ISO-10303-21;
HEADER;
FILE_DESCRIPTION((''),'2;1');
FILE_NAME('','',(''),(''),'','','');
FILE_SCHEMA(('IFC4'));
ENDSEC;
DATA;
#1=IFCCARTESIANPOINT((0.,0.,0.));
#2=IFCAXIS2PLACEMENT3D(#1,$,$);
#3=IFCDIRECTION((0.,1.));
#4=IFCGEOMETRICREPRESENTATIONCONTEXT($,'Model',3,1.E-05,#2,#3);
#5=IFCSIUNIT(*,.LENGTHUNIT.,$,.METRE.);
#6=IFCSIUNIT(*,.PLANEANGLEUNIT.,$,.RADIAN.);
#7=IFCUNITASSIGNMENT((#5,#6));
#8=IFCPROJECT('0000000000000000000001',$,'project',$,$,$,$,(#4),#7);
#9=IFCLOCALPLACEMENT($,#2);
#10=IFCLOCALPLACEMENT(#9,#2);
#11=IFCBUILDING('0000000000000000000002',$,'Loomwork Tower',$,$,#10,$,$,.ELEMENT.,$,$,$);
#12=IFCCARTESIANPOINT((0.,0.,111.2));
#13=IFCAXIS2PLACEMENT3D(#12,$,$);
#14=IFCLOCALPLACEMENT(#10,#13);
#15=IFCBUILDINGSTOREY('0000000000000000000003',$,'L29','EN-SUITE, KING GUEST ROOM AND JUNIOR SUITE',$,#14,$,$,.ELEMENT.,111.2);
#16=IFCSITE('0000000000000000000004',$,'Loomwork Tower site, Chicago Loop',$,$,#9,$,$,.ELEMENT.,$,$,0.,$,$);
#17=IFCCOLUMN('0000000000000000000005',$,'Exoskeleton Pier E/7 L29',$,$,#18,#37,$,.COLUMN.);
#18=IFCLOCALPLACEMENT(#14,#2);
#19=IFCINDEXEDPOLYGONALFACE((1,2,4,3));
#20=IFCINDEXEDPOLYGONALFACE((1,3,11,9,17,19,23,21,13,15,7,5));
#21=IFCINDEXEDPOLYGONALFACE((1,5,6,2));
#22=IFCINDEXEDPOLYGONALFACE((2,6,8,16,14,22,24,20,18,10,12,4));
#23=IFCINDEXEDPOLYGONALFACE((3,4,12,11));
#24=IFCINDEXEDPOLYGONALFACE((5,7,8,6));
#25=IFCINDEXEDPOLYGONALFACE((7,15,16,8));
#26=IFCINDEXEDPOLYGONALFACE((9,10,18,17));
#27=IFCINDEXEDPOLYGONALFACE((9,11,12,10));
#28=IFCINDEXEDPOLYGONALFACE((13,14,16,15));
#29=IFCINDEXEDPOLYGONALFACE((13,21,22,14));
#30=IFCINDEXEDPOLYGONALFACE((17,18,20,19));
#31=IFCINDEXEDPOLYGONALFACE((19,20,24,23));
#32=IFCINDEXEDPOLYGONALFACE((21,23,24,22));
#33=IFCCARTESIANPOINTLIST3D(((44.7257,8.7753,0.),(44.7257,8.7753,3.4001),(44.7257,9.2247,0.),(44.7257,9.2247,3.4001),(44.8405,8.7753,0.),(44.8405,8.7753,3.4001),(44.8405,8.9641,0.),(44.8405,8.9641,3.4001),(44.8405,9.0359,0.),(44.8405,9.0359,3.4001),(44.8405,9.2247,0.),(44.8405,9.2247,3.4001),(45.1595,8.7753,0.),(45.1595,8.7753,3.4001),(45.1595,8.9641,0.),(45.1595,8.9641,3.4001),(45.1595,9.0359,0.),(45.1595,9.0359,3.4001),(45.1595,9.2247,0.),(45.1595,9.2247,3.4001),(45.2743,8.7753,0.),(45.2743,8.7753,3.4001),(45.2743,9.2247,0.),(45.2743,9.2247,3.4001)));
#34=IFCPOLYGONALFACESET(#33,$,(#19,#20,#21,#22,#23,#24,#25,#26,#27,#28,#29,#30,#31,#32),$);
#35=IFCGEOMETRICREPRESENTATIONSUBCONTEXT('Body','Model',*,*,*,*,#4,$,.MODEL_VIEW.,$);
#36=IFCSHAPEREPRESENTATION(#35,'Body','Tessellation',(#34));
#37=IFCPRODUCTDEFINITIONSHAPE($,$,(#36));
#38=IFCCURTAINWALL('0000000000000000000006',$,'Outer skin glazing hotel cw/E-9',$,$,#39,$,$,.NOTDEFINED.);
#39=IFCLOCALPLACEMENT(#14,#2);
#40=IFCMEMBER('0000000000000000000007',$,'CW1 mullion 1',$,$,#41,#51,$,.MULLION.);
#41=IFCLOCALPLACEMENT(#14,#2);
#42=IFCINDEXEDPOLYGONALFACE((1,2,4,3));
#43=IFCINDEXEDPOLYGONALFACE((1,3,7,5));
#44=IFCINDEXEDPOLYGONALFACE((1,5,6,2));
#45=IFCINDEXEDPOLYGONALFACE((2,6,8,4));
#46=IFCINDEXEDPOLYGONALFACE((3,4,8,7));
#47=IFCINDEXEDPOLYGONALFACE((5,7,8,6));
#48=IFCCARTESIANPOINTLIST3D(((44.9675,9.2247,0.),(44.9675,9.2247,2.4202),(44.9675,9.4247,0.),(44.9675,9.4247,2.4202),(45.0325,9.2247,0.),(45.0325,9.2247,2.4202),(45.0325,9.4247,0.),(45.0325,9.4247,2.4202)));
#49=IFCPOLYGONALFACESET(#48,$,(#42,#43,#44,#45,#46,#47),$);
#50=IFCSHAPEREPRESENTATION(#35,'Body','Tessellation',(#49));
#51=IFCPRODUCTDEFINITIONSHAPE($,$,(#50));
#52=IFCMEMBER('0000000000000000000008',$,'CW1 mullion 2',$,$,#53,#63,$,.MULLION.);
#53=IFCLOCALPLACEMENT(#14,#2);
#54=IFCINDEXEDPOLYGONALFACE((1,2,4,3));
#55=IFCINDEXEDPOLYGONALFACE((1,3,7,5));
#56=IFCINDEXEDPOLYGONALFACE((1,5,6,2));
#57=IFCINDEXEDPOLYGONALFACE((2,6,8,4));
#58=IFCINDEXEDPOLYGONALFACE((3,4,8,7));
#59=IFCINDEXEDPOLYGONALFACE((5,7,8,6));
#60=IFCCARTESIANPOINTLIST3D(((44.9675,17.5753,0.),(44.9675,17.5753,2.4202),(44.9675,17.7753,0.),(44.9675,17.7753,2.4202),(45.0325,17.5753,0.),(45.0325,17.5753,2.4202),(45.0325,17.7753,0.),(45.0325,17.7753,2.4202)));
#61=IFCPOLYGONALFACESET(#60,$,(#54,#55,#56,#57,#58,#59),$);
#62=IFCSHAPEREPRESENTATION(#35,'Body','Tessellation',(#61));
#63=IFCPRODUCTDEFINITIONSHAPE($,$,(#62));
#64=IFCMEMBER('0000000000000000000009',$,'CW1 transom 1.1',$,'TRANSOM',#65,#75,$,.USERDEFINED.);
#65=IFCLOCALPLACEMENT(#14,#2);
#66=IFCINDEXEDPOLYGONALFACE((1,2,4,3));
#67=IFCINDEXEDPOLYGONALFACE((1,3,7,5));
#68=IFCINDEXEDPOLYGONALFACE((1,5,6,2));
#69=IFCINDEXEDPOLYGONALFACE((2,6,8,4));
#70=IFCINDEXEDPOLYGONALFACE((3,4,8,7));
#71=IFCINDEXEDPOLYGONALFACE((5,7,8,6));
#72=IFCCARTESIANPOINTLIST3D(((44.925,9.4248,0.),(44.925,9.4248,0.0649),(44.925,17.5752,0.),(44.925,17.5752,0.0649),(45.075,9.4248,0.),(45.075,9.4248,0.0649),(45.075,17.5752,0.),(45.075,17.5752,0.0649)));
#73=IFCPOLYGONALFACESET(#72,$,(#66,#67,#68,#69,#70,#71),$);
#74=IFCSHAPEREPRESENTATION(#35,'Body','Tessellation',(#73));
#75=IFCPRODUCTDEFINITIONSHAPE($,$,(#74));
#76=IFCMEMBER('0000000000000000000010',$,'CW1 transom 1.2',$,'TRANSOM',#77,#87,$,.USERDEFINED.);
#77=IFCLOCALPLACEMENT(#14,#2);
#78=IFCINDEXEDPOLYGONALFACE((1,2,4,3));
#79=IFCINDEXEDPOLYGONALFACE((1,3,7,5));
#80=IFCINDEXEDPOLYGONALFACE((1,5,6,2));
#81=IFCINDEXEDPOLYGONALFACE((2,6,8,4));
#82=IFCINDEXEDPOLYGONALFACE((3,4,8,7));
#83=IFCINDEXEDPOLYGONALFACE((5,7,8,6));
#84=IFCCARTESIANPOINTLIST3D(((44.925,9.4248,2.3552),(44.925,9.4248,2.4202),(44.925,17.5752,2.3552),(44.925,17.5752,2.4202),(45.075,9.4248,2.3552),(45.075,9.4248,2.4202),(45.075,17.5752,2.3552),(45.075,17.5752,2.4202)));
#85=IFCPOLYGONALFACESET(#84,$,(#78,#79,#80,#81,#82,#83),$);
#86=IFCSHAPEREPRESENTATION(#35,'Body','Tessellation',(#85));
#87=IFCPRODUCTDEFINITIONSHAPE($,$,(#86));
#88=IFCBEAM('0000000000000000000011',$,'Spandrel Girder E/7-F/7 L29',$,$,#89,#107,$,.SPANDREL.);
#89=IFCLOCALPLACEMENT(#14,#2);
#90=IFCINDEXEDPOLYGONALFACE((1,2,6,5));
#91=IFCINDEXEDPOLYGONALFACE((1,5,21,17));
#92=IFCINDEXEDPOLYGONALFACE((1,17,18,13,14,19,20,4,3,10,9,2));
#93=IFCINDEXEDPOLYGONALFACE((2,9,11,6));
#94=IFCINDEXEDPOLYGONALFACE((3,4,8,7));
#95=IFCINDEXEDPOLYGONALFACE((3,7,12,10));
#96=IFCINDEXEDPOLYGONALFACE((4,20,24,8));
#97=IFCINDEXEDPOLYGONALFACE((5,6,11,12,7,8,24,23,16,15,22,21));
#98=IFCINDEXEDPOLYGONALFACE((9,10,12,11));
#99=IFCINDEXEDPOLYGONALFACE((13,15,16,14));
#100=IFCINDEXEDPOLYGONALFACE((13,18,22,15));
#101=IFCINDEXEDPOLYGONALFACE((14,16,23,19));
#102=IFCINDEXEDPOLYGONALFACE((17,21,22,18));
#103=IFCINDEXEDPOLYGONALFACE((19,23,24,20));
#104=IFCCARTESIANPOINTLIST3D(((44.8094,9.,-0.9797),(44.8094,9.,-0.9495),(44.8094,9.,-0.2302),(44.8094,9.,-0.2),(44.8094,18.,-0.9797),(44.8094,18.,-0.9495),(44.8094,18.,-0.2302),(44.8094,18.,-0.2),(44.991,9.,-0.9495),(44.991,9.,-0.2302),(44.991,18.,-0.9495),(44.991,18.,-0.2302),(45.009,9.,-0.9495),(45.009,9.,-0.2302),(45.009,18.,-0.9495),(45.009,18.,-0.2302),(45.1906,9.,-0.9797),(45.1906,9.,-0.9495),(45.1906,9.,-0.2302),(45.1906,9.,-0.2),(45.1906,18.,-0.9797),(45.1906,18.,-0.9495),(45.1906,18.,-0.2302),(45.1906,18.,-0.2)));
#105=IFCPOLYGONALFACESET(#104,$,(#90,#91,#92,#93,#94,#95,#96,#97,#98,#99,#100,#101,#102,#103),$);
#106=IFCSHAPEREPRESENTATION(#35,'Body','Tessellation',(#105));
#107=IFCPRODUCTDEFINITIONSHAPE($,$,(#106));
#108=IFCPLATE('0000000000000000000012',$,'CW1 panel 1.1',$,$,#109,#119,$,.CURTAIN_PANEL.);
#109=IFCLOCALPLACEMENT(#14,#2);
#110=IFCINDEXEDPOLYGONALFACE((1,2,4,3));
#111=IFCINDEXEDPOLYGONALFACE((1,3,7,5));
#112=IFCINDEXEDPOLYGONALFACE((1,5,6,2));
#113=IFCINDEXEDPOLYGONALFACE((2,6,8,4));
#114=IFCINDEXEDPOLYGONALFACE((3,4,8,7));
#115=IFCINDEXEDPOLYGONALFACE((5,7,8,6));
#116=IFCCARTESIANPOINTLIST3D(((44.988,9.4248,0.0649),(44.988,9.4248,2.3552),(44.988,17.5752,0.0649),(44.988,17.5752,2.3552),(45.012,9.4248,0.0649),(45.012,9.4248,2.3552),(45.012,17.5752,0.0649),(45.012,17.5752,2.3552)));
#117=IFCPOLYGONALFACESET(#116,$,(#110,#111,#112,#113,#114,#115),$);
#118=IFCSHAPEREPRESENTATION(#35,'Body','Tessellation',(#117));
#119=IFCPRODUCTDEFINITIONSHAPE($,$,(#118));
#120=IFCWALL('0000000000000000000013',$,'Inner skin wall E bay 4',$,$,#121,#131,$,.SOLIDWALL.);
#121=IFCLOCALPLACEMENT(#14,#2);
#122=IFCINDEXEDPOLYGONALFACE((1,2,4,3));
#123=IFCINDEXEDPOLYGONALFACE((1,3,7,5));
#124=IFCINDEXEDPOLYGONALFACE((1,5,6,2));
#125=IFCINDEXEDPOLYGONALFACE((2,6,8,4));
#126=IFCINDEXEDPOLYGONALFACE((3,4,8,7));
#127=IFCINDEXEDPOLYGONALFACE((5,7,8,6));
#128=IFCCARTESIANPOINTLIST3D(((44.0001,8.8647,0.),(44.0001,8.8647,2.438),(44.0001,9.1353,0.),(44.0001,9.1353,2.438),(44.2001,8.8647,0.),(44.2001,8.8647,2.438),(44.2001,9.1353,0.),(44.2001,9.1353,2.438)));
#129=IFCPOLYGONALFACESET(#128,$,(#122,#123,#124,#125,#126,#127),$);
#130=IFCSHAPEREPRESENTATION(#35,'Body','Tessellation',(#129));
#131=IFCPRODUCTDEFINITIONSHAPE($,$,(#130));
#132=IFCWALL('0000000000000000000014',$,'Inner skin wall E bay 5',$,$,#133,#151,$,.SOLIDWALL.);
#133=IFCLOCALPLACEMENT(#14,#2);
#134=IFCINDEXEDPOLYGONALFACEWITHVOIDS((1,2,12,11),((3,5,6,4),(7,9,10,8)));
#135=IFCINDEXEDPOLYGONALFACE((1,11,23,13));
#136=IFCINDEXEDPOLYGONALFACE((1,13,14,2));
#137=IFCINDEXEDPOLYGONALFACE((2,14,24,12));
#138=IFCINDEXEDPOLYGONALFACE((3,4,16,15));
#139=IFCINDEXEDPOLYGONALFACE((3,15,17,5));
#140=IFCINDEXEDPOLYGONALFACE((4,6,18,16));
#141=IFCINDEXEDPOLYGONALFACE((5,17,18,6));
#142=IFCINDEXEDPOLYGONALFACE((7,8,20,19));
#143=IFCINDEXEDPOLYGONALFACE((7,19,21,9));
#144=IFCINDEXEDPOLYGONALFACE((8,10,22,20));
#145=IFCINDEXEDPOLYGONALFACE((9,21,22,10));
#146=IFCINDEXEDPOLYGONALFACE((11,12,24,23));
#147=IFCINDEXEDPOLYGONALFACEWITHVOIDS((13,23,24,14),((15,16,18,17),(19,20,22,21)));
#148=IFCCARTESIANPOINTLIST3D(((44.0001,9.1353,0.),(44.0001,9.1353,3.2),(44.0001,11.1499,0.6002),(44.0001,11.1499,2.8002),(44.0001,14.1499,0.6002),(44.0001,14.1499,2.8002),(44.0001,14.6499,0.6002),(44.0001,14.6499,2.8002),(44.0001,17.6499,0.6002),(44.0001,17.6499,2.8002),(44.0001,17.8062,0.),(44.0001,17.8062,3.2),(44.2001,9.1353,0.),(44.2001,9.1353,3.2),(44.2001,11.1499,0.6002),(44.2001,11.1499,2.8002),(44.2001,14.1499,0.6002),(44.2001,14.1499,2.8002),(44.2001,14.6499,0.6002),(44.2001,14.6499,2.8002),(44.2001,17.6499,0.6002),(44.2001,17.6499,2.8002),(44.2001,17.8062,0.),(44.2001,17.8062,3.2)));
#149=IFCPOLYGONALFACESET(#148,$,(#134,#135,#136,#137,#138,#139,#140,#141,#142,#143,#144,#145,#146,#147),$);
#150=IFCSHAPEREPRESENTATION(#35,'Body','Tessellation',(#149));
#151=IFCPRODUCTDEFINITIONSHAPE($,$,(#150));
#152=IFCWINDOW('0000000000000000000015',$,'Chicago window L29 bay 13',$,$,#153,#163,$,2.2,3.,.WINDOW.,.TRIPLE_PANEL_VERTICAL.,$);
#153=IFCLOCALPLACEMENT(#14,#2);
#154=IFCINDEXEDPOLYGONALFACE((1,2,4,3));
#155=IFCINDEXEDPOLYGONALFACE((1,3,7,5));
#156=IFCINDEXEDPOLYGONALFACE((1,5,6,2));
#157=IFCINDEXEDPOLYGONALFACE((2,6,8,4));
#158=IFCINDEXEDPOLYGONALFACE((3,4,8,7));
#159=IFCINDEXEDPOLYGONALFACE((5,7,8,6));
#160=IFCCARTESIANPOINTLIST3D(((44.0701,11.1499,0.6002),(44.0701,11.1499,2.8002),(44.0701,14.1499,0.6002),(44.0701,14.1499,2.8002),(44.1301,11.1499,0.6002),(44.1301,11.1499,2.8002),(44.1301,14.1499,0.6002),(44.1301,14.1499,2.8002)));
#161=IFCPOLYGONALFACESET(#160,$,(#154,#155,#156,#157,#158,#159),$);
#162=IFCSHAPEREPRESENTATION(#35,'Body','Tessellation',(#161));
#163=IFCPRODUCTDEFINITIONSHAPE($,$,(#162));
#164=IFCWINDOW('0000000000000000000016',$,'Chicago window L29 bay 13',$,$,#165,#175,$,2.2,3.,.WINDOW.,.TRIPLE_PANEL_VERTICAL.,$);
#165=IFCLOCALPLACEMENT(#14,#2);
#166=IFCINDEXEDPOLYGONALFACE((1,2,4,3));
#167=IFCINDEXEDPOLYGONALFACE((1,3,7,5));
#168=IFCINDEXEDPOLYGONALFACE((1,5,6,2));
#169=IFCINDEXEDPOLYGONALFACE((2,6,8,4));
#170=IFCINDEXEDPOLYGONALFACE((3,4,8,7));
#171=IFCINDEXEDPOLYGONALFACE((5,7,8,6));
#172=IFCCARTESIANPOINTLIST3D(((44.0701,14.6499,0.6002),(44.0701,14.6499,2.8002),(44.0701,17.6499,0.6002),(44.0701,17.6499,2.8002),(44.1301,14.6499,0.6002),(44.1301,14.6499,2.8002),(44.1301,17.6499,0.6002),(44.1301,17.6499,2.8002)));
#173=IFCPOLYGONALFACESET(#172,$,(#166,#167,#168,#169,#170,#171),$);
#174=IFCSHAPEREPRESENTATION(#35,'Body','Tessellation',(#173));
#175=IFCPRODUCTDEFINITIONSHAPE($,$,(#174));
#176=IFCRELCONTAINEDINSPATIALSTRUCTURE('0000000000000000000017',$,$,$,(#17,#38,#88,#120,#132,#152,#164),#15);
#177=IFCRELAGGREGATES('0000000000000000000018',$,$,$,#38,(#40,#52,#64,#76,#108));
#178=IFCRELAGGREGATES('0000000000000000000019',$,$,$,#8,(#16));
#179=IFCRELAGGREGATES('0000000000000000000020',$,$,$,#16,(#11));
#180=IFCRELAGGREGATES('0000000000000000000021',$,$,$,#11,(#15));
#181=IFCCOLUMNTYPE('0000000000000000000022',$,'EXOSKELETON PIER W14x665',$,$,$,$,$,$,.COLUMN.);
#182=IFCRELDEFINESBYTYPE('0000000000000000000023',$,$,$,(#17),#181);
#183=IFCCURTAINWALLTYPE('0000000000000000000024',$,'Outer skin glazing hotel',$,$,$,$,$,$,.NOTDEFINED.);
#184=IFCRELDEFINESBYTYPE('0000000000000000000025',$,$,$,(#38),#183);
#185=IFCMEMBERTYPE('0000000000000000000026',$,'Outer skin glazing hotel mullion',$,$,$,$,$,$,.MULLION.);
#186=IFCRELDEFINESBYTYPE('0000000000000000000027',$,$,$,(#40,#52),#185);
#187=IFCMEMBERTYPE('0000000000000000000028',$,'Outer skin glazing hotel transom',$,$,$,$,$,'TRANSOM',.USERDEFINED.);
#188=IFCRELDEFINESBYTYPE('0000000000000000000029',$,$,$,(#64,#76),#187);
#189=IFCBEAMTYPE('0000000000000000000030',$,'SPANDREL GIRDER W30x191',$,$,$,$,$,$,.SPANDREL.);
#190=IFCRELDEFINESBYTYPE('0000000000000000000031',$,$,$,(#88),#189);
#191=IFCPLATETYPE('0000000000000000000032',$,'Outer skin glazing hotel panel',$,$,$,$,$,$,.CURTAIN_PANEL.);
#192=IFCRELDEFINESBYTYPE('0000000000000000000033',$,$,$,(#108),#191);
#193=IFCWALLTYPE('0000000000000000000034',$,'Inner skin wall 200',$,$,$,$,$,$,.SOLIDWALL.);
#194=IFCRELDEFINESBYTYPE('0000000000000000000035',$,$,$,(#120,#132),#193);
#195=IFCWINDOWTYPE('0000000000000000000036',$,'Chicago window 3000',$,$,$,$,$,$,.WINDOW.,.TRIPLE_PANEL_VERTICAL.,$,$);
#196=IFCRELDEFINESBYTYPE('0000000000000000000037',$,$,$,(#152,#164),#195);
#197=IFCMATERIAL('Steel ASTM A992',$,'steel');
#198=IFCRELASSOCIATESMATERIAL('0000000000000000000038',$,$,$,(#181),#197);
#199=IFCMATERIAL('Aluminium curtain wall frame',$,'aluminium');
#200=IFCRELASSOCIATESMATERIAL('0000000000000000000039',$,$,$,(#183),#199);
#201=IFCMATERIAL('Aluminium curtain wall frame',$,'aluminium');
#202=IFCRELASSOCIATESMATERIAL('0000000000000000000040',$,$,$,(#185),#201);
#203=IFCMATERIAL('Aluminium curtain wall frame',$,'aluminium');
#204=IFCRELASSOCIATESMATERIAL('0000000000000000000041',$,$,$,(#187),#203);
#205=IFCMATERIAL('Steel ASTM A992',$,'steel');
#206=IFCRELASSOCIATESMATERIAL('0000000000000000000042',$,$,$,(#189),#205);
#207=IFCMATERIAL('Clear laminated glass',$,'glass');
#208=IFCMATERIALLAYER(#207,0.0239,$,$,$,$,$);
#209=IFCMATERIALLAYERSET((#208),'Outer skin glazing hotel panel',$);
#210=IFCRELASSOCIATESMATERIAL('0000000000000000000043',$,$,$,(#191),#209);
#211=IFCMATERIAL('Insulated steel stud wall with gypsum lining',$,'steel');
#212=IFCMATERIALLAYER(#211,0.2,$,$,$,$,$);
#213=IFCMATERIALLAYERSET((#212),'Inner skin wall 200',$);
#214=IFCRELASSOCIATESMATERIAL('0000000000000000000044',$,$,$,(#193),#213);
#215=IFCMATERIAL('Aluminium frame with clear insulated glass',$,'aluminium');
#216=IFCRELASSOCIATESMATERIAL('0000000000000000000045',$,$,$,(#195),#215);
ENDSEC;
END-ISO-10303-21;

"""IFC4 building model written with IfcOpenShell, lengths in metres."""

from ifc_helpers import new_model, si_unit, direction, frame, frame_2d, origin, origin_2d, place, context, subcontext, project, spatial, rectangle, i_section, extrude, material, layer, layer_set, material_profile, profile_set, type_object, element, fill, aggregate, save


model = new_model("IFC4")

# Units and contexts
model_context = context("Model", 3, precision=1e-05, world=origin(), true_north=direction((0.0, 1.0)))
body_context = subcontext(model_context, "Body", "Model", "MODEL_VIEW")
ifc_project = project(units=[si_unit("LENGTHUNIT", "METRE"), si_unit("PLANEANGLEUNIT", "RADIAN")], contexts=[model_context])

# Site, building, storey
site_placement = place(None, origin())
site = spatial("IfcSite", under=ifc_project, at=site_placement, Name="Loomwork Tower site, Chicago Loop", CompositionType="ELEMENT", RefElevation=0.0)
building_placement = place(site_placement, origin())
building = spatial("IfcBuilding", under=site, at=building_placement, Name="Loomwork Tower", CompositionType="ELEMENT")
storey_placement = place(building_placement, frame((0.0, 0.0, 111.2)))
storey = spatial("IfcBuildingStorey", under=building, at=storey_placement, Name="L29", Description="EN-SUITE, KING GUEST ROOM AND JUNIOR SUITE", CompositionType="ELEMENT", Elevation=111.2)

# Column
ifc_material_1 = material(Name="Steel ASTM A992", Category="steel")
ifc_material_profile_1 = material_profile(ifc_material_1, i_section(OverallWidth=0.4495, OverallDepth=0.5486, WebThickness=0.0718, FlangeThickness=0.1147, at=origin_2d()), Name="W14x665")
ifc_profile_set_1 = profile_set([ifc_material_profile_1], Name="Steel ASTM A992")
column_type = type_object("IfcColumnType", Name="EXOSKELETON PIER W14x665", PredefinedType="COLUMN", material=ifc_profile_set_1)
column_placement = place(storey_placement, frame((45.0, 9.0, 0.0), z_axis=(0.0, 0.0, 1.0), x_axis=(0.0, 1.0, 0.0)))
element("IfcColumn", 1, at=column_placement, inside=storey, type_object=column_type, Name="Exoskeleton Pier E/7 L29", PredefinedType="COLUMN", context=body_context, shape_type="SweptSolid", body=[
    extrude(i_section(OverallWidth=0.4495, OverallDepth=0.5486, WebThickness=0.0718, FlangeThickness=0.1147, at=origin_2d()), origin(), (0.0, 0.0, 1.0), 3.4001),
])

# Curtain wall, members
ifc_material_2 = material(Name="Aluminium curtain wall frame", Category="aluminium")
curtain_wall_type = type_object("IfcCurtainWallType", Name="Outer skin glazing hotel", PredefinedType="NOTDEFINED", material=ifc_material_2)
curtain_wall_placement = place(storey_placement, origin())
curtain_wall = element("IfcCurtainWall", 2, at=curtain_wall_placement, inside=storey, type_object=curtain_wall_type, Name="Outer skin glazing hotel cw/E-9", PredefinedType="NOTDEFINED")
ifc_material_3 = material(Name="Aluminium curtain wall frame", Category="aluminium")
ifc_material_profile_2 = material_profile(ifc_material_3, rectangle(XDim=0.0649, YDim=0.2, at=origin_2d()), Name="AL 65x200")
ifc_profile_set_2 = profile_set([ifc_material_profile_2], Name="Aluminium curtain wall frame")
member_type_1 = type_object("IfcMemberType", Name="Outer skin glazing hotel mullion", PredefinedType="MULLION", material=ifc_profile_set_2)
member_1_placement = place(storey_placement, frame((45.0, 9.3247, 0.0), z_axis=(0.0, 0.0, 1.0), x_axis=(-1.0, 0.0, 0.0)))
member_1 = element("IfcMember", 3, at=member_1_placement, type_object=member_type_1, Name="CW1 mullion 1", PredefinedType="MULLION", context=body_context, shape_type="SweptSolid", body=[
    extrude(rectangle(XDim=0.0649, YDim=0.2, at=origin_2d()), origin(), (0.0, 0.0, 1.0), 2.4202),
])
member_2_placement = place(storey_placement, frame((45.0, 17.6753, 0.0), z_axis=(0.0, 0.0, 1.0), x_axis=(-1.0, 0.0, 0.0)))
member_2 = element("IfcMember", 4, at=member_2_placement, type_object=member_type_1, Name="CW1 mullion 2", PredefinedType="MULLION", context=body_context, shape_type="SweptSolid", body=[
    extrude(rectangle(XDim=0.0649, YDim=0.2, at=origin_2d()), origin(), (0.0, 0.0, 1.0), 2.4202),
])
ifc_material_4 = material(Name="Aluminium curtain wall frame", Category="aluminium")
ifc_material_profile_3 = material_profile(ifc_material_4, rectangle(XDim=0.1499, YDim=0.0649, at=origin_2d()), Name="AL 65x150")
ifc_profile_set_3 = profile_set([ifc_material_profile_3], Name="Aluminium curtain wall frame")
member_type_2 = type_object("IfcMemberType", Name="Outer skin glazing hotel transom", ElementType="TRANSOM", PredefinedType="USERDEFINED", material=ifc_profile_set_3)
member_3_placement = place(storey_placement, frame((45.0, 9.4248, 0.0325), z_axis=(0.0, 1.0, 0.0), x_axis=(-1.0, 0.0, 0.0)))
member_3 = element("IfcMember", 5, at=member_3_placement, type_object=member_type_2, Name="CW1 transom 1.1", ObjectType="TRANSOM", PredefinedType="USERDEFINED", context=body_context, shape_type="SweptSolid", body=[
    extrude(rectangle(XDim=0.1499, YDim=0.0649, at=origin_2d()), origin(), (0.0, 0.0, 1.0), 8.1504),
])
member_4_placement = place(storey_placement, frame((45.0, 9.4248, 2.3877), z_axis=(0.0, 1.0, 0.0), x_axis=(-1.0, 0.0, 0.0)))
member_4 = element("IfcMember", 6, at=member_4_placement, type_object=member_type_2, Name="CW1 transom 1.2", ObjectType="TRANSOM", PredefinedType="USERDEFINED", context=body_context, shape_type="SweptSolid", body=[
    extrude(rectangle(XDim=0.1499, YDim=0.0649, at=origin_2d()), origin(), (0.0, 0.0, 1.0), 8.1504),
])

# Beam
ifc_material_5 = material(Name="Steel ASTM A992", Category="steel")
ifc_material_profile_4 = material_profile(ifc_material_5, i_section(OverallWidth=0.3811, OverallDepth=0.7798, WebThickness=0.0181, FlangeThickness=0.0303, at=origin_2d()), Name="W30x191")
ifc_profile_set_4 = profile_set([ifc_material_profile_4], Name="Steel ASTM A992")
beam_type = type_object("IfcBeamType", Name="SPANDREL GIRDER W30x191", PredefinedType="SPANDREL", material=ifc_profile_set_4)
beam_placement = place(storey_placement, frame((45.0, 9.0, -0.5898), z_axis=(0.0, 1.0, 0.0), x_axis=(-1.0, 0.0, 0.0)))
element("IfcBeam", 7, at=beam_placement, inside=storey, type_object=beam_type, Name="Spandrel Girder E/7-F/7 L29", PredefinedType="SPANDREL", context=body_context, shape_type="SweptSolid", body=[
    extrude(i_section(OverallWidth=0.3811, OverallDepth=0.7798, WebThickness=0.0181, FlangeThickness=0.0303, at=origin_2d()), origin(), (0.0, 0.0, 1.0), 9.0),
])

# Plate
ifc_material_6 = material(Name="Clear laminated glass", Category="glass")
ifc_layer_1 = layer(ifc_material_6, 0.0239)
ifc_layer_set_1 = layer_set([ifc_layer_1], Name="Outer skin glazing hotel panel")
plate_type = type_object("IfcPlateType", Name="Outer skin glazing hotel panel", PredefinedType="CURTAIN_PANEL", material=ifc_layer_set_1)
plate_placement = place(storey_placement, frame((45.0, 13.5, 0.0649), z_axis=(0.0, 0.0, 1.0), x_axis=(0.0, 1.0, 0.0)))
plate = element("IfcPlate", 8, at=plate_placement, type_object=plate_type, Name="CW1 panel 1.1", PredefinedType="CURTAIN_PANEL", context=body_context, shape_type="SweptSolid", body=[
    extrude(rectangle(XDim=8.1504, YDim=0.0239, at=origin_2d()), origin(), (0.0, 0.0, 1.0), 2.2903),
])
aggregate(curtain_wall, [member_1, member_2, member_3, member_4, plate])

# Wall
ifc_material_7 = material(Name="Insulated steel stud wall with gypsum lining", Category="steel")
ifc_layer_2 = layer(ifc_material_7, 0.2)
ifc_layer_set_2 = layer_set([ifc_layer_2], Name="Inner skin wall 200")
wall_type = type_object("IfcWallType", Name="Inner skin wall 200", PredefinedType="SOLIDWALL", material=ifc_layer_set_2)
wall_1_placement = place(storey_placement, frame((44.1001, 8.8647, 0.0), z_axis=(0.0, 0.0, 1.0), x_axis=(0.0, 1.0, 0.0)))
element("IfcWall", 9, at=wall_1_placement, inside=storey, type_object=wall_type, Name="Inner skin wall E bay 4", PredefinedType="SOLIDWALL", context=body_context, shape_type="SweptSolid", body=[
    extrude(rectangle(XDim=0.2705, YDim=0.2, at=frame_2d((0.1353, 0.0))), origin(), (0.0, 0.0, 1.0), 2.438),
])

# Wall, openings, windows
wall_2_placement = place(storey_placement, frame((44.1001, 9.1353, 0.0), z_axis=(0.0, 0.0, 1.0), x_axis=(0.0, 1.0, 0.0)))
wall_2 = element("IfcWall", 10, at=wall_2_placement, inside=storey, type_object=wall_type, Name="Inner skin wall E bay 5", PredefinedType="SOLIDWALL", context=body_context, shape_type="SweptSolid", body=[
    extrude(rectangle(XDim=8.6709, YDim=0.2, at=frame_2d((4.3354, 0.0))), origin(), (0.0, 0.0, 1.0), 3.2),
])
opening_1_placement = place(wall_2_placement, frame((2.0146, 0.0, 0.6001)))
opening_1 = element("IfcOpeningElement", 11, at=opening_1_placement, cuts=wall_2, PredefinedType="OPENING", context=body_context, shape_type="SweptSolid", body=[
    extrude(rectangle(XDim=3.0, YDim=2.2, at=frame_2d((1.5, 1.1001))), frame((0.0, 0.1099, 0.0), z_axis=(0.0, -1.0, 0.0), x_axis=(1.0, 0.0, 0.0)), (0.0, 0.0, 1.0), 0.22),
])
opening_2_placement = place(wall_2_placement, frame((5.5146, 0.0, 0.6001)))
opening_2 = element("IfcOpeningElement", 12, at=opening_2_placement, cuts=wall_2, PredefinedType="OPENING", context=body_context, shape_type="SweptSolid", body=[
    extrude(rectangle(XDim=3.0, YDim=2.2, at=frame_2d((1.5, 1.1001))), frame((0.0, 0.1099, 0.0), z_axis=(0.0, -1.0, 0.0), x_axis=(1.0, 0.0, 0.0)), (0.0, 0.0, 1.0), 0.22),
])
ifc_material_8 = material(Name="Aluminium frame with clear insulated glass", Category="aluminium")
window_type = type_object("IfcWindowType", Name="Chicago window 3000", PartitioningType="TRIPLE_PANEL_VERTICAL", PredefinedType="WINDOW", material=ifc_material_8)
window_1_placement = place(opening_1_placement, origin())
window_1 = element("IfcWindow", 13, at=window_1_placement, inside=storey, type_object=window_type, Name="Chicago window L29 bay 13", OverallHeight=2.2, OverallWidth=3.0, PartitioningType="TRIPLE_PANEL_VERTICAL", PredefinedType="WINDOW", context=body_context, shape_type="SweptSolid", body=[
    extrude(rectangle(XDim=3.0, YDim=2.2, at=frame_2d((1.5, 1.1001))), frame((0.0, 0.03, 0.0), z_axis=(0.0, -1.0, 0.0), x_axis=(1.0, 0.0, 0.0)), (0.0, 0.0, 1.0), 0.0601),
])
fill(opening_1, window_1)
window_2_placement = place(opening_2_placement, origin())
window_2 = element("IfcWindow", 14, at=window_2_placement, inside=storey, type_object=window_type, Name="Chicago window L29 bay 13", OverallHeight=2.2, OverallWidth=3.0, PartitioningType="TRIPLE_PANEL_VERTICAL", PredefinedType="WINDOW", context=body_context, shape_type="SweptSolid", body=[
    extrude(rectangle(XDim=3.0, YDim=2.2, at=frame_2d((1.5, 1.1001))), frame((0.0, 0.03, 0.0), z_axis=(0.0, -1.0, 0.0), x_axis=(1.0, 0.0, 0.0)), (0.0, 0.0, 1.0), 0.0601),
])
fill(opening_2, window_2)

save(model, "model.ifc")
